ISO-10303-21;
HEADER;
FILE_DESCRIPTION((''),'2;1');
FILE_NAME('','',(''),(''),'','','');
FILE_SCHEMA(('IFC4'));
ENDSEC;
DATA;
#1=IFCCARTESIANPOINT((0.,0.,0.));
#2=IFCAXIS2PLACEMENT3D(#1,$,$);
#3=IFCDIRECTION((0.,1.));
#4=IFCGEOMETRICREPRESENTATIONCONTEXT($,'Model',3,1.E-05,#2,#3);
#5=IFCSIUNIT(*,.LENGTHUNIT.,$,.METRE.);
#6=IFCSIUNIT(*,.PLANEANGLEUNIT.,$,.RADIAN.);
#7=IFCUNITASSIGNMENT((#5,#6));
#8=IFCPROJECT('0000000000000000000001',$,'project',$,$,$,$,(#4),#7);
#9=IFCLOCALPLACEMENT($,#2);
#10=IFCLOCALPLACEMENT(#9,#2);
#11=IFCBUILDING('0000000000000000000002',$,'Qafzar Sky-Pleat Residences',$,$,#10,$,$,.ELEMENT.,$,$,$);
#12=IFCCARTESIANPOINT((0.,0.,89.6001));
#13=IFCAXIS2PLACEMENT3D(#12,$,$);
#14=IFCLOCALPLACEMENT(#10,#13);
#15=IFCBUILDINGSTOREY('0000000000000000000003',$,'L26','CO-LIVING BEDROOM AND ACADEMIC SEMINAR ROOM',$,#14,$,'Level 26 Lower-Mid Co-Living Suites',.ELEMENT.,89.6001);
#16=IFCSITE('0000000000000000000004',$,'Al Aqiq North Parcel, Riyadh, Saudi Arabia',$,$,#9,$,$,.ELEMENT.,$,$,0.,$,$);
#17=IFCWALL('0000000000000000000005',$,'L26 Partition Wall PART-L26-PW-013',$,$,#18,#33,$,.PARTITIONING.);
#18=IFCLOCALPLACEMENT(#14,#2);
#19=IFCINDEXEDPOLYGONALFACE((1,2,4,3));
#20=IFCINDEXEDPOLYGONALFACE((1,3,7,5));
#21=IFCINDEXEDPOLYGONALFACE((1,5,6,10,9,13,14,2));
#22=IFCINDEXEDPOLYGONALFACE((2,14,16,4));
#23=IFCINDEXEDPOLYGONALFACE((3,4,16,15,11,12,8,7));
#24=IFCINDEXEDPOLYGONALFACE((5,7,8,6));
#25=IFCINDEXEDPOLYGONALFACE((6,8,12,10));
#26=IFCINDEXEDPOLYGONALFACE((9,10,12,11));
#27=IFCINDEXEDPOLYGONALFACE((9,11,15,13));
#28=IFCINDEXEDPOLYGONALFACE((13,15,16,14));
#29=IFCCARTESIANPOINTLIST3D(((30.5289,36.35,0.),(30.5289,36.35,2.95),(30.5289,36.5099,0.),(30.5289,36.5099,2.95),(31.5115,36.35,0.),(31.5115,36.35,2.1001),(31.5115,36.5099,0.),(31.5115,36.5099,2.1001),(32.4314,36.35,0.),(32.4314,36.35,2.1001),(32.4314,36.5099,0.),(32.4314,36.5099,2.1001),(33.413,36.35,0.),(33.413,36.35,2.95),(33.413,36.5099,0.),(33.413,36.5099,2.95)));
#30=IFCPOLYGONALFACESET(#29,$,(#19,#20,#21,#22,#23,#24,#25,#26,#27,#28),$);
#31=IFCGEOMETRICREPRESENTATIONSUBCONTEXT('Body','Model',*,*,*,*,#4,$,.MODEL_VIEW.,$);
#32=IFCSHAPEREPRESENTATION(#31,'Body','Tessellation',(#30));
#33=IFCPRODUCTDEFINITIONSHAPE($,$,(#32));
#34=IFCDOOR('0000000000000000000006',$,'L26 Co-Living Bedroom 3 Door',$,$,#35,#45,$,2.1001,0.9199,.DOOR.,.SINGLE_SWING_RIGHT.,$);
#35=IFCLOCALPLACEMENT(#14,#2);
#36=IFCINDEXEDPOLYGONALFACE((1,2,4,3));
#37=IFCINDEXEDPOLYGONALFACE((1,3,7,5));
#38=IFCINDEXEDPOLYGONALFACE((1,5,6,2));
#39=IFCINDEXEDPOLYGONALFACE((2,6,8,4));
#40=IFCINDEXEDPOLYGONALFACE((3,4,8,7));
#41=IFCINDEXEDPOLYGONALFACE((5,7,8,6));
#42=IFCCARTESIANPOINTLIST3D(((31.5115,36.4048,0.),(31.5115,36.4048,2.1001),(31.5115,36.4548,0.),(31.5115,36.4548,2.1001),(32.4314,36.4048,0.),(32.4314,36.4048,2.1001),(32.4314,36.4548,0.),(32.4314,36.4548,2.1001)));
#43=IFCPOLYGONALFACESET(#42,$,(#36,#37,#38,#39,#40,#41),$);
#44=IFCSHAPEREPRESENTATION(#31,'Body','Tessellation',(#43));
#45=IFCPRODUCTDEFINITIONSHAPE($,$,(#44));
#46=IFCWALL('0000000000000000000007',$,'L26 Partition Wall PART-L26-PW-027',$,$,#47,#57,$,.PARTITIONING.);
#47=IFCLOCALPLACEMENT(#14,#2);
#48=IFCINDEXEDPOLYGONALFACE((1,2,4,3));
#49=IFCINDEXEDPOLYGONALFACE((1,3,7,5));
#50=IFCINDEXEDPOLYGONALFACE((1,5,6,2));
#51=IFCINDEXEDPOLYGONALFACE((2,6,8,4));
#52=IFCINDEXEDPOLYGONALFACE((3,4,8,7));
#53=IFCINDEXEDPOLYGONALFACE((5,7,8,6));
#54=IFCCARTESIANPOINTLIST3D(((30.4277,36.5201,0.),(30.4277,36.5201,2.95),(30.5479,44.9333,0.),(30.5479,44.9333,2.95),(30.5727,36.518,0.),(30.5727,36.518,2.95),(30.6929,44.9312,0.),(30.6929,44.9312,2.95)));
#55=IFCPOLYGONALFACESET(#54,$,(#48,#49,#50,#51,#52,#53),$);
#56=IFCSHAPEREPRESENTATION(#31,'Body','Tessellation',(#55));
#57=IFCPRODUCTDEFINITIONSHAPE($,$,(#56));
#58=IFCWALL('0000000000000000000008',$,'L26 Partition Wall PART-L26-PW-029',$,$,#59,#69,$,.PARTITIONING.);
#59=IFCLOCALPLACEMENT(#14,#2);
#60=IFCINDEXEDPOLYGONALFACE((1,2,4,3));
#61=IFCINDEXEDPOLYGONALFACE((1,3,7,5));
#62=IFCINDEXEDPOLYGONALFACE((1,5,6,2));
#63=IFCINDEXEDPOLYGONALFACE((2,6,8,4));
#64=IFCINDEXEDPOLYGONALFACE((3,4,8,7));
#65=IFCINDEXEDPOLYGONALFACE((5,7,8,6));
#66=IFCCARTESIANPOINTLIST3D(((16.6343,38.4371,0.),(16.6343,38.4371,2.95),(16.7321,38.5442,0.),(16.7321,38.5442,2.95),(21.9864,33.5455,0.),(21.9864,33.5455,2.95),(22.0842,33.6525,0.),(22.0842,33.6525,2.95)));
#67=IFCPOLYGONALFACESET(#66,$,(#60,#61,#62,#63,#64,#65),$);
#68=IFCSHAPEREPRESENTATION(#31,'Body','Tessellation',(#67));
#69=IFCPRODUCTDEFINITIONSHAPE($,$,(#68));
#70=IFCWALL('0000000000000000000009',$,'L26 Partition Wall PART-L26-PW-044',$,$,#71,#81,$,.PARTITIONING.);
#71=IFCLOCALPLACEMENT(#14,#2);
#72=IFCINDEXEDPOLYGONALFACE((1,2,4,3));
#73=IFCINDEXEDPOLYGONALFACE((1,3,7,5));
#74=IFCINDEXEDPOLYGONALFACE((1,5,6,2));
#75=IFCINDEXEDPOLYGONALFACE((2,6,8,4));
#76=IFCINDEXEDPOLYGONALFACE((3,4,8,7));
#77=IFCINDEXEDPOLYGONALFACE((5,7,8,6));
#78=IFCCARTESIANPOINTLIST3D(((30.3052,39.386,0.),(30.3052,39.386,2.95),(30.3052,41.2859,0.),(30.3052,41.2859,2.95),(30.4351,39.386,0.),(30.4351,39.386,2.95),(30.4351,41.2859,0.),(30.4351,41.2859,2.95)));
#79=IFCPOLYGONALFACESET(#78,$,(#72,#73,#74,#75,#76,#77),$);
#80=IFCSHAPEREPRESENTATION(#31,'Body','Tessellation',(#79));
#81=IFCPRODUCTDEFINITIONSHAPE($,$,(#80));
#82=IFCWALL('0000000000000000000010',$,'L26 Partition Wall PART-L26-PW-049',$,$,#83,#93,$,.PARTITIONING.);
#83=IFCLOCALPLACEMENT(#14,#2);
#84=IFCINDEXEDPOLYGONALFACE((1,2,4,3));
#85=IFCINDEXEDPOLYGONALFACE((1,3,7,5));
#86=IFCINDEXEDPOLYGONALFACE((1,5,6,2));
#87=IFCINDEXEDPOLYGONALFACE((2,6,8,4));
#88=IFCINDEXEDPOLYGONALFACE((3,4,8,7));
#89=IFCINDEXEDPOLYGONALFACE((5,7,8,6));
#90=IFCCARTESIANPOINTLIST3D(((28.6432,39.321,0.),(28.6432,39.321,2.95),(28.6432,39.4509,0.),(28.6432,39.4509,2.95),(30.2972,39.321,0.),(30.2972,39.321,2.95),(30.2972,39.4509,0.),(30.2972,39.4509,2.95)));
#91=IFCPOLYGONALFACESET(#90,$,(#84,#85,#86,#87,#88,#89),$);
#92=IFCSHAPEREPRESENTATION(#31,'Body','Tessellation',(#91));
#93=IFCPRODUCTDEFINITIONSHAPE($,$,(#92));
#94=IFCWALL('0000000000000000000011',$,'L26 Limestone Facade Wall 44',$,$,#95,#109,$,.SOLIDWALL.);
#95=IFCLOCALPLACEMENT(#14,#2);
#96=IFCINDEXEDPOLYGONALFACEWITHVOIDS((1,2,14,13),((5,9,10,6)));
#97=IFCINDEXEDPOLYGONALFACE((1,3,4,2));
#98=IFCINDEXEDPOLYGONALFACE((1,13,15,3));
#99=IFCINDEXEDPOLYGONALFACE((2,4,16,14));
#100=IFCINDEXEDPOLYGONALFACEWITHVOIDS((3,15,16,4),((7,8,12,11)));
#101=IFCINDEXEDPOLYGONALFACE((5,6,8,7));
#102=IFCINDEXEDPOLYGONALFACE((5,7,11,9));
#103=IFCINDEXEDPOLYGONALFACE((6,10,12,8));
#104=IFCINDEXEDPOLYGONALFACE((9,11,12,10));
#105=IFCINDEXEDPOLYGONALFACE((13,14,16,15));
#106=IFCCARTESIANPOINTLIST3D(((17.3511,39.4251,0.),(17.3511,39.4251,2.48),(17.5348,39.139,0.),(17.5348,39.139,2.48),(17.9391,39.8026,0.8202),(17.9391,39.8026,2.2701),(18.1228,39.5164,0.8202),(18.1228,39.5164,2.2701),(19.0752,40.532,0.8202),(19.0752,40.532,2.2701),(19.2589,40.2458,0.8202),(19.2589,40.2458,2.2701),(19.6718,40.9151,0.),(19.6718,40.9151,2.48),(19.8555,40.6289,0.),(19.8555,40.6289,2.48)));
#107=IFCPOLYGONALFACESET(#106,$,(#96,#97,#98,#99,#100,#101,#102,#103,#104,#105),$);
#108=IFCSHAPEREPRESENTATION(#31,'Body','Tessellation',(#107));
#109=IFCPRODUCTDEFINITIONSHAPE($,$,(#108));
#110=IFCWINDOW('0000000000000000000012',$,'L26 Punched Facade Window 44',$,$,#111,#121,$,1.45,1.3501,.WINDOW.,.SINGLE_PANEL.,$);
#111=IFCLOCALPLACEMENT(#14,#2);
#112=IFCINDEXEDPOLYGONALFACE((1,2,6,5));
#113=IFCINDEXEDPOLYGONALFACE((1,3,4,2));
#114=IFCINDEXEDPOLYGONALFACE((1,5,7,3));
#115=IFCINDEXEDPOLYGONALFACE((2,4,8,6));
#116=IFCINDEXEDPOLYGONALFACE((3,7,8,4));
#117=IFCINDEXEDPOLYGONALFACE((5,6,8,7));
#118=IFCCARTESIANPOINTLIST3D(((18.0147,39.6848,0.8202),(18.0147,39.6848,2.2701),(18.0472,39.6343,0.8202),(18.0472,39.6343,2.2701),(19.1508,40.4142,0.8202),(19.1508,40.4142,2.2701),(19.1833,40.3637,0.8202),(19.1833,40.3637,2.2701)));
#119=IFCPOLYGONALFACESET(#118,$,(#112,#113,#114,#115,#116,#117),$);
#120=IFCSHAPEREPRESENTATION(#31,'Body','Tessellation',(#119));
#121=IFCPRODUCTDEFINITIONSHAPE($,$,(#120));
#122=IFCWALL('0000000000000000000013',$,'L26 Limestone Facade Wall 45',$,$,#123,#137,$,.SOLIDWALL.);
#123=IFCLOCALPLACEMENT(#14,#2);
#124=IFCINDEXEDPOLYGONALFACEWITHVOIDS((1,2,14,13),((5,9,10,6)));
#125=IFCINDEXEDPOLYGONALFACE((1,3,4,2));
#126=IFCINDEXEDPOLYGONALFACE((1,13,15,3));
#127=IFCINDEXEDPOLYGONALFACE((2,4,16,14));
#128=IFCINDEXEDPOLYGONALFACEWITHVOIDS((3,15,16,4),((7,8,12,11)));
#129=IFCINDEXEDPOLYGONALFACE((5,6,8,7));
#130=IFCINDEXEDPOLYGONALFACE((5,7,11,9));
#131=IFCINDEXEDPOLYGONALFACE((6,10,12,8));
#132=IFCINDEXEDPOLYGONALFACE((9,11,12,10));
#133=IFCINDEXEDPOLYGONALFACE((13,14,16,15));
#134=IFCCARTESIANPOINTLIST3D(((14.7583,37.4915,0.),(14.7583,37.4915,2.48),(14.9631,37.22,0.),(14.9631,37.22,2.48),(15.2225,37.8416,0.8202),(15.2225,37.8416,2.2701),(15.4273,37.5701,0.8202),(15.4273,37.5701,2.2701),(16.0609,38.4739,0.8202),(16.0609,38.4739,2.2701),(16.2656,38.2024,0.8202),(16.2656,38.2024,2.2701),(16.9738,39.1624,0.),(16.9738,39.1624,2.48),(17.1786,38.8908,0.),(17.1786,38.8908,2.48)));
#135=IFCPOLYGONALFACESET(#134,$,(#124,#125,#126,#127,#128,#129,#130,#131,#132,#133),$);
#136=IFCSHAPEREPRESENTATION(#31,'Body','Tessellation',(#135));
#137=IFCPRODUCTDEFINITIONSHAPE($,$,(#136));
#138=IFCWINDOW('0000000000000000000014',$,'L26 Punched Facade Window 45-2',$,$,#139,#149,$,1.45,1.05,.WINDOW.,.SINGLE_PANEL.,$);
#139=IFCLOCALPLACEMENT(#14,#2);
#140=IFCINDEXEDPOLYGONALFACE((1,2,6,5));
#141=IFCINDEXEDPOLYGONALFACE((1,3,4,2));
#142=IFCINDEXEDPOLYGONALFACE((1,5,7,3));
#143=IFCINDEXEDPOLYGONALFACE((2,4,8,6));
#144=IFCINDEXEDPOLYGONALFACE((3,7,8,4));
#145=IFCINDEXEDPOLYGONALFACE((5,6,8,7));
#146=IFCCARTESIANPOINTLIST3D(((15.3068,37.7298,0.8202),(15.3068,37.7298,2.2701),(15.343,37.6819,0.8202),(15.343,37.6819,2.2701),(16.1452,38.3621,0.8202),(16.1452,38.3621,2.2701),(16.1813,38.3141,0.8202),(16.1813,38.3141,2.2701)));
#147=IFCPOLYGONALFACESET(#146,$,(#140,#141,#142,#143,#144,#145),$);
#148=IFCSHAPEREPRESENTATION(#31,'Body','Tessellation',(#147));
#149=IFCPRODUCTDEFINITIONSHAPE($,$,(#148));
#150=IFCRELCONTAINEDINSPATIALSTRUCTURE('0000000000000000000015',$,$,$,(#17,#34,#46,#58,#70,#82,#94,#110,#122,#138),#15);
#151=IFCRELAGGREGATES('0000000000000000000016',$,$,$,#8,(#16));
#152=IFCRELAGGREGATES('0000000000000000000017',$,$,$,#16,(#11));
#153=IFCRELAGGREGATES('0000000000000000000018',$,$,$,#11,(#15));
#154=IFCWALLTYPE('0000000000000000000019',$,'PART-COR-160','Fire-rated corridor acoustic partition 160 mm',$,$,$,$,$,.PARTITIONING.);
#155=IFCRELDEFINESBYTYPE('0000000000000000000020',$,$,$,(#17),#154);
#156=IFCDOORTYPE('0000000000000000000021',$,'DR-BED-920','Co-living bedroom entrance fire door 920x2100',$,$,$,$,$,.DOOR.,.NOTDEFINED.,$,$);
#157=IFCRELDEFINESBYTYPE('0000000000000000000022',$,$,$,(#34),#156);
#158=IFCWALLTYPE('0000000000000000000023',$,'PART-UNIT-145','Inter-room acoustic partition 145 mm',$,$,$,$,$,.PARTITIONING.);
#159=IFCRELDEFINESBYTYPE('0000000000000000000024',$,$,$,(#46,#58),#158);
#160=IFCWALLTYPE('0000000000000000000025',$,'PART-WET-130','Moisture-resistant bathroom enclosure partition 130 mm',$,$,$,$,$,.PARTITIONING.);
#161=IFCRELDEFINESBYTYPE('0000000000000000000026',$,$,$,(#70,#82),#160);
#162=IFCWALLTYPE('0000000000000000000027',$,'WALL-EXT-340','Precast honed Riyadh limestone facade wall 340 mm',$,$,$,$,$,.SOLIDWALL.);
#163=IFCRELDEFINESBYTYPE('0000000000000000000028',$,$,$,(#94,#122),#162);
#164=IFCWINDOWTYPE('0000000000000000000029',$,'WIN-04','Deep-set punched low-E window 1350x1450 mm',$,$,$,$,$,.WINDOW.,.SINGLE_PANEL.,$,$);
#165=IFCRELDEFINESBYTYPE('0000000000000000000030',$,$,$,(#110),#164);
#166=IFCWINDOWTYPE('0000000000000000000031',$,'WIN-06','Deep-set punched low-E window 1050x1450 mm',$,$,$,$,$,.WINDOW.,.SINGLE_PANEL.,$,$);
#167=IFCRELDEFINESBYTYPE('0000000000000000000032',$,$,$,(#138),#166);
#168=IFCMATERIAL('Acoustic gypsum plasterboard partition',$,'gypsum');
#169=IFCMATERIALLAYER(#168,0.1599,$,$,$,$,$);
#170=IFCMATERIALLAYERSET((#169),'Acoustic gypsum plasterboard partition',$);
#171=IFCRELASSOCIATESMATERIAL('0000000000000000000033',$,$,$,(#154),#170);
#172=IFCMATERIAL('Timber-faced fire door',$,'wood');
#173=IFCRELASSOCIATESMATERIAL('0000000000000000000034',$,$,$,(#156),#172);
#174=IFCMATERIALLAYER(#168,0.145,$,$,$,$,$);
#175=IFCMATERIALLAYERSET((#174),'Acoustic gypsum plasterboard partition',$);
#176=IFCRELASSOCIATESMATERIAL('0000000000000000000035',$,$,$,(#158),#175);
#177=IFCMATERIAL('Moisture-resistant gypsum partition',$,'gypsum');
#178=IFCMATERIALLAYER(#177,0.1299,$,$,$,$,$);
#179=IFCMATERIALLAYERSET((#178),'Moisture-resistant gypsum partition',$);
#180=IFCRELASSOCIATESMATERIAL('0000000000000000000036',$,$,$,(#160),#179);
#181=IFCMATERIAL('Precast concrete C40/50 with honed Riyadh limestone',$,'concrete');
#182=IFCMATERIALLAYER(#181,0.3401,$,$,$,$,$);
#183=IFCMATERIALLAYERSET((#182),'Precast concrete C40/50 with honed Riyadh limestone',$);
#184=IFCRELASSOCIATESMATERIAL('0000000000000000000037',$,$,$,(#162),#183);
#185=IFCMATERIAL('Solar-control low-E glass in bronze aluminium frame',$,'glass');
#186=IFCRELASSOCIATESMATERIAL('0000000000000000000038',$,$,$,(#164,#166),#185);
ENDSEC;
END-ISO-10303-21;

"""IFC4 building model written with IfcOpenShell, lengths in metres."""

from ifc_helpers import new_model, si_unit, direction, frame, frame_2d, origin, place, context, subcontext, project, spatial, rectangle, extrude, source, transform, mapped, material, layer, layer_set, type_object, element, fill, save


model = new_model("IFC4")

# Units and contexts
model_context = context("Model", 3, precision=1e-05, world=origin(), true_north=direction((0.0, 1.0)))
body_context = subcontext(model_context, "Body", "Model", "MODEL_VIEW")
ifc_project = project(units=[si_unit("LENGTHUNIT", "METRE"), si_unit("PLANEANGLEUNIT", "RADIAN")], contexts=[model_context])

# Site, building, storey
site_placement = place(None, origin())
site = spatial("IfcSite", under=ifc_project, at=site_placement, Name="Al Aqiq North Parcel, Riyadh, Saudi Arabia", CompositionType="ELEMENT", RefElevation=0.0)
building_placement = place(site_placement, origin())
building = spatial("IfcBuilding", under=site, at=building_placement, Name="Qafzar Sky-Pleat Residences", CompositionType="ELEMENT")
storey_placement = place(building_placement, frame((0.0, 0.0, 89.6001)))
storey = spatial("IfcBuildingStorey", under=building, at=storey_placement, Name="L26", Description="CO-LIVING BEDROOM AND ACADEMIC SEMINAR ROOM", LongName="Level 26 Lower-Mid Co-Living Suites", CompositionType="ELEMENT", Elevation=89.6001)

# Wall, opening, door
ifc_material_1 = material(Name="Acoustic gypsum plasterboard partition", Category="gypsum")
ifc_layer_1 = layer(ifc_material_1, 0.1599)
ifc_layer_set_1 = layer_set([ifc_layer_1], Name="Acoustic gypsum plasterboard partition")
wall_type_1 = type_object("IfcWallType", Name="PART-COR-160", Description="Fire-rated corridor acoustic partition 160 mm", PredefinedType="PARTITIONING", material=ifc_layer_set_1)
ifc_material_2 = material(Name="Timber-faced fire door", Category="wood")
door_type_1 = type_object("IfcDoorType", Name="DR-BED-920", Description="Co-living bedroom entrance fire door 920x2100", OperationType="NOTDEFINED", PredefinedType="DOOR", material=ifc_material_2)
shared_shape_1 = source(origin(), body_context, "Body", "SweptSolid", [
    extrude(rectangle(XDim=0.9199, YDim=2.1001, at=frame_2d((0.46, 1.05))), frame((0.0, 0.0249, 0.0), z_axis=(0.0, -1.0, 0.0), x_axis=(1.0, 0.0, 0.0)), (0.0, 0.0, 1.0), 0.05),
])
wall_1_placement = place(storey_placement, frame((30.5291, 36.4299, 0.0), z_axis=(0.0, 0.0, 1.0), x_axis=(1.0, 0.0, 0.0)))
wall_1 = element("IfcWall", 1, at=wall_1_placement, inside=storey, type_object=wall_type_1, Name="L26 Partition Wall PART-L26-PW-013", PredefinedType="PARTITIONING", context=body_context, shape_type="SweptSolid", body=[
    extrude(rectangle(XDim=2.884, YDim=0.1599, at=frame_2d((1.4419, 0.0))), origin(), (0.0, 0.0, 1.0), 2.95),
])
opening_1_placement = place(wall_1_placement, frame((0.9824, 0.0, 0.0)))
opening_1 = element("IfcOpeningElement", 2, at=opening_1_placement, cuts=wall_1, PredefinedType="OPENING", context=body_context, shape_type="SweptSolid", body=[
    extrude(rectangle(XDim=0.9199, YDim=2.1001, at=frame_2d((0.46, 1.05))), frame((0.0, 0.0898, 0.0), z_axis=(0.0, -1.0, 0.0), x_axis=(1.0, 0.0, 0.0)), (0.0, 0.0, 1.0), 0.1799),
])
door_1_placement = place(opening_1_placement, origin())
door_1 = element("IfcDoor", 3, at=door_1_placement, inside=storey, type_object=door_type_1, Name="L26 Co-Living Bedroom 3 Door", OperationType="SINGLE_SWING_RIGHT", OverallHeight=2.1001, OverallWidth=0.9199, PredefinedType="DOOR", context=body_context, shape_type="MappedRepresentation", body=[
    mapped(shared_shape_1, transform((0.0, 0.0, 0.0), x_axis=(1.0, 0.0, 0.0), y_axis=(0.0, 1.0, 0.0), z_axis=(0.0, 0.0, 1.0), scale=1.0)),
])
fill(opening_1, door_1)

# Walls
ifc_layer_2 = layer(ifc_material_1, 0.145)
ifc_layer_set_2 = layer_set([ifc_layer_2], Name="Acoustic gypsum plasterboard partition")
wall_type_2 = type_object("IfcWallType", Name="PART-UNIT-145", Description="Inter-room acoustic partition 145 mm", PredefinedType="PARTITIONING", material=ifc_layer_set_2)
wall_2_placement = place(storey_placement, frame((30.5002, 36.519, 0.0), z_axis=(0.0, 0.0, 1.0), x_axis=(0.014276, 0.999898, 0.0)))
element("IfcWall", 4, at=wall_2_placement, inside=storey, type_object=wall_type_2, Name="L26 Partition Wall PART-L26-PW-027", PredefinedType="PARTITIONING", context=body_context, shape_type="SweptSolid", body=[
    extrude(rectangle(XDim=8.4141, YDim=0.145, at=frame_2d((4.207, 0.0))), origin(), (0.0, 0.0, 1.0), 2.95),
])
wall_3_placement = place(storey_placement, frame((16.6831, 38.4907, 0.0), z_axis=(0.0, 0.0, 1.0), x_axis=(0.738146, -0.674641, 0.0)))
element("IfcWall", 5, at=wall_3_placement, inside=storey, type_object=wall_type_2, Name="L26 Partition Wall PART-L26-PW-029", PredefinedType="PARTITIONING", context=body_context, shape_type="SweptSolid", body=[
    extrude(rectangle(XDim=7.2507, YDim=0.145, at=frame_2d((3.6255, 0.0))), origin(), (0.0, 0.0, 1.0), 2.95),
])
ifc_material_3 = material(Name="Moisture-resistant gypsum partition", Category="gypsum")
ifc_layer_3 = layer(ifc_material_3, 0.1299)
ifc_layer_set_3 = layer_set([ifc_layer_3], Name="Moisture-resistant gypsum partition")
wall_type_3 = type_object("IfcWallType", Name="PART-WET-130", Description="Moisture-resistant bathroom enclosure partition 130 mm", PredefinedType="PARTITIONING", material=ifc_layer_set_3)
wall_4_placement = place(storey_placement, frame((30.3701, 39.386, 0.0), z_axis=(0.0, 0.0, 1.0), x_axis=(0.0, 1.0, 0.0)))
element("IfcWall", 6, at=wall_4_placement, inside=storey, type_object=wall_type_3, Name="L26 Partition Wall PART-L26-PW-044", PredefinedType="PARTITIONING", context=body_context, shape_type="SweptSolid", body=[
    extrude(rectangle(XDim=1.8999, YDim=0.1299, at=frame_2d((0.95, 0.0))), origin(), (0.0, 0.0, 1.0), 2.95),
])
wall_5_placement = place(storey_placement, frame((28.6431, 39.386, 0.0), z_axis=(0.0, 0.0, 1.0), x_axis=(1.0, 0.0, 0.0)))
element("IfcWall", 7, at=wall_5_placement, inside=storey, type_object=wall_type_3, Name="L26 Partition Wall PART-L26-PW-049", PredefinedType="PARTITIONING", context=body_context, shape_type="SweptSolid", body=[
    extrude(rectangle(XDim=1.6541, YDim=0.1299, at=frame_2d((0.8271, 0.0))), origin(), (0.0, 0.0, 1.0), 2.95),
])

# Walls, openings, windows
ifc_material_4 = material(Name="Precast concrete C40/50 with honed Riyadh limestone", Category="concrete")
ifc_layer_4 = layer(ifc_material_4, 0.3401)
ifc_layer_set_4 = layer_set([ifc_layer_4], Name="Precast concrete C40/50 with honed Riyadh limestone")
wall_type_4 = type_object("IfcWallType", Name="WALL-EXT-340", Description="Precast honed Riyadh limestone facade wall 340 mm", PredefinedType="SOLIDWALL", material=ifc_layer_set_4)
wall_6_placement = place(storey_placement, frame((19.7637, 40.772, 0.0), z_axis=(0.0, 0.0, 1.0), x_axis=(-0.8415, -0.540256, 0.0)))
wall_6 = element("IfcWall", 8, at=wall_6_placement, inside=storey, type_object=wall_type_4, Name="L26 Limestone Facade Wall 44", PredefinedType="SOLIDWALL", context=body_context, shape_type="SweptSolid", body=[
    extrude(rectangle(XDim=2.7578, YDim=0.3401, at=frame_2d((1.3789, 0.0))), origin(), (0.0, 0.0, 1.0), 2.48),
])
opening_2_placement = place(wall_6_placement, frame((0.709, 0.0, 0.8201)))
opening_2 = element("IfcOpeningElement", 9, at=opening_2_placement, cuts=wall_6, PredefinedType="OPENING", context=body_context, shape_type="SweptSolid", body=[
    extrude(rectangle(XDim=1.3501, YDim=1.45, at=frame_2d((0.675, 0.7251))), frame((0.0, 0.1802, 0.0), z_axis=(0.0, -1.0, 0.0), x_axis=(1.0, 0.0, 0.0)), (0.0, 0.0, 1.0), 0.3601),
])
ifc_material_5 = material(Name="Solar-control low-E glass in bronze aluminium frame", Category="glass")
window_type_1 = type_object("IfcWindowType", Name="WIN-04", Description="Deep-set punched low-E window 1350x1450 mm", PartitioningType="SINGLE_PANEL", PredefinedType="WINDOW", material=ifc_material_5)
shared_shape_2 = source(origin(), body_context, "Body", "SweptSolid", [
    extrude(rectangle(XDim=1.3501, YDim=1.45, at=frame_2d((0.675, 0.7251))), frame((0.0, 0.03, 0.0), z_axis=(0.0, -1.0, 0.0), x_axis=(1.0, 0.0, 0.0)), (0.0, 0.0, 1.0), 0.0601),
])
window_1_placement = place(opening_2_placement, origin())
window_1 = element("IfcWindow", 10, at=window_1_placement, inside=storey, type_object=window_type_1, Name="L26 Punched Facade Window 44", OverallHeight=1.45, OverallWidth=1.3501, PartitioningType="SINGLE_PANEL", PredefinedType="WINDOW", context=body_context, shape_type="MappedRepresentation", body=[
    mapped(shared_shape_2, transform((0.0, 0.0, 0.0), x_axis=(1.0, 0.0, 0.0), y_axis=(0.0, 1.0, 0.0), z_axis=(0.0, 0.0, 1.0), scale=1.0)),
])
fill(opening_2, window_1)
wall_7_placement = place(storey_placement, frame((17.0762, 39.0266, 0.0), z_axis=(0.0, 0.0, 1.0), x_axis=(-0.798403, -0.602123, 0.0)))
wall_7 = element("IfcWall", 11, at=wall_7_placement, inside=storey, type_object=wall_type_4, Name="L26 Limestone Facade Wall 45", PredefinedType="SOLIDWALL", context=body_context, shape_type="SweptSolid", body=[
    extrude(rectangle(XDim=2.7749, YDim=0.3401, at=frame_2d((1.3875, 0.0))), origin(), (0.0, 0.0, 1.0), 2.48),
])
opening_3_placement = place(wall_7_placement, frame((1.1436, 0.0, 0.8201)))
opening_3 = element("IfcOpeningElement", 12, at=opening_3_placement, cuts=wall_7, PredefinedType="OPENING", context=body_context, shape_type="SweptSolid", body=[
    extrude(rectangle(XDim=1.05, YDim=1.45, at=frame_2d((0.5249, 0.7251))), frame((0.0, 0.1802, 0.0), z_axis=(0.0, -1.0, 0.0), x_axis=(1.0, 0.0, 0.0)), (0.0, 0.0, 1.0), 0.3601),
])
window_type_2 = type_object("IfcWindowType", Name="WIN-06", Description="Deep-set punched low-E window 1050x1450 mm", PartitioningType="SINGLE_PANEL", PredefinedType="WINDOW", material=ifc_material_5)
shared_shape_3 = source(origin(), body_context, "Body", "SweptSolid", [
    extrude(rectangle(XDim=1.05, YDim=1.45, at=frame_2d((0.5249, 0.7251))), frame((0.0, 0.03, 0.0), z_axis=(0.0, -1.0, 0.0), x_axis=(1.0, 0.0, 0.0)), (0.0, 0.0, 1.0), 0.0601),
])
window_2_placement = place(opening_3_placement, origin())
window_2 = element("IfcWindow", 13, at=window_2_placement, inside=storey, type_object=window_type_2, Name="L26 Punched Facade Window 45-2", OverallHeight=1.45, OverallWidth=1.05, PartitioningType="SINGLE_PANEL", PredefinedType="WINDOW", context=body_context, shape_type="MappedRepresentation", body=[
    mapped(shared_shape_3, transform((0.0, 0.0, 0.0), x_axis=(1.0, 0.0, 0.0), y_axis=(0.0, 1.0, 0.0), z_axis=(0.0, 0.0, 1.0), scale=1.0)),
])
fill(opening_3, window_2)

save(model, "model.ifc")
